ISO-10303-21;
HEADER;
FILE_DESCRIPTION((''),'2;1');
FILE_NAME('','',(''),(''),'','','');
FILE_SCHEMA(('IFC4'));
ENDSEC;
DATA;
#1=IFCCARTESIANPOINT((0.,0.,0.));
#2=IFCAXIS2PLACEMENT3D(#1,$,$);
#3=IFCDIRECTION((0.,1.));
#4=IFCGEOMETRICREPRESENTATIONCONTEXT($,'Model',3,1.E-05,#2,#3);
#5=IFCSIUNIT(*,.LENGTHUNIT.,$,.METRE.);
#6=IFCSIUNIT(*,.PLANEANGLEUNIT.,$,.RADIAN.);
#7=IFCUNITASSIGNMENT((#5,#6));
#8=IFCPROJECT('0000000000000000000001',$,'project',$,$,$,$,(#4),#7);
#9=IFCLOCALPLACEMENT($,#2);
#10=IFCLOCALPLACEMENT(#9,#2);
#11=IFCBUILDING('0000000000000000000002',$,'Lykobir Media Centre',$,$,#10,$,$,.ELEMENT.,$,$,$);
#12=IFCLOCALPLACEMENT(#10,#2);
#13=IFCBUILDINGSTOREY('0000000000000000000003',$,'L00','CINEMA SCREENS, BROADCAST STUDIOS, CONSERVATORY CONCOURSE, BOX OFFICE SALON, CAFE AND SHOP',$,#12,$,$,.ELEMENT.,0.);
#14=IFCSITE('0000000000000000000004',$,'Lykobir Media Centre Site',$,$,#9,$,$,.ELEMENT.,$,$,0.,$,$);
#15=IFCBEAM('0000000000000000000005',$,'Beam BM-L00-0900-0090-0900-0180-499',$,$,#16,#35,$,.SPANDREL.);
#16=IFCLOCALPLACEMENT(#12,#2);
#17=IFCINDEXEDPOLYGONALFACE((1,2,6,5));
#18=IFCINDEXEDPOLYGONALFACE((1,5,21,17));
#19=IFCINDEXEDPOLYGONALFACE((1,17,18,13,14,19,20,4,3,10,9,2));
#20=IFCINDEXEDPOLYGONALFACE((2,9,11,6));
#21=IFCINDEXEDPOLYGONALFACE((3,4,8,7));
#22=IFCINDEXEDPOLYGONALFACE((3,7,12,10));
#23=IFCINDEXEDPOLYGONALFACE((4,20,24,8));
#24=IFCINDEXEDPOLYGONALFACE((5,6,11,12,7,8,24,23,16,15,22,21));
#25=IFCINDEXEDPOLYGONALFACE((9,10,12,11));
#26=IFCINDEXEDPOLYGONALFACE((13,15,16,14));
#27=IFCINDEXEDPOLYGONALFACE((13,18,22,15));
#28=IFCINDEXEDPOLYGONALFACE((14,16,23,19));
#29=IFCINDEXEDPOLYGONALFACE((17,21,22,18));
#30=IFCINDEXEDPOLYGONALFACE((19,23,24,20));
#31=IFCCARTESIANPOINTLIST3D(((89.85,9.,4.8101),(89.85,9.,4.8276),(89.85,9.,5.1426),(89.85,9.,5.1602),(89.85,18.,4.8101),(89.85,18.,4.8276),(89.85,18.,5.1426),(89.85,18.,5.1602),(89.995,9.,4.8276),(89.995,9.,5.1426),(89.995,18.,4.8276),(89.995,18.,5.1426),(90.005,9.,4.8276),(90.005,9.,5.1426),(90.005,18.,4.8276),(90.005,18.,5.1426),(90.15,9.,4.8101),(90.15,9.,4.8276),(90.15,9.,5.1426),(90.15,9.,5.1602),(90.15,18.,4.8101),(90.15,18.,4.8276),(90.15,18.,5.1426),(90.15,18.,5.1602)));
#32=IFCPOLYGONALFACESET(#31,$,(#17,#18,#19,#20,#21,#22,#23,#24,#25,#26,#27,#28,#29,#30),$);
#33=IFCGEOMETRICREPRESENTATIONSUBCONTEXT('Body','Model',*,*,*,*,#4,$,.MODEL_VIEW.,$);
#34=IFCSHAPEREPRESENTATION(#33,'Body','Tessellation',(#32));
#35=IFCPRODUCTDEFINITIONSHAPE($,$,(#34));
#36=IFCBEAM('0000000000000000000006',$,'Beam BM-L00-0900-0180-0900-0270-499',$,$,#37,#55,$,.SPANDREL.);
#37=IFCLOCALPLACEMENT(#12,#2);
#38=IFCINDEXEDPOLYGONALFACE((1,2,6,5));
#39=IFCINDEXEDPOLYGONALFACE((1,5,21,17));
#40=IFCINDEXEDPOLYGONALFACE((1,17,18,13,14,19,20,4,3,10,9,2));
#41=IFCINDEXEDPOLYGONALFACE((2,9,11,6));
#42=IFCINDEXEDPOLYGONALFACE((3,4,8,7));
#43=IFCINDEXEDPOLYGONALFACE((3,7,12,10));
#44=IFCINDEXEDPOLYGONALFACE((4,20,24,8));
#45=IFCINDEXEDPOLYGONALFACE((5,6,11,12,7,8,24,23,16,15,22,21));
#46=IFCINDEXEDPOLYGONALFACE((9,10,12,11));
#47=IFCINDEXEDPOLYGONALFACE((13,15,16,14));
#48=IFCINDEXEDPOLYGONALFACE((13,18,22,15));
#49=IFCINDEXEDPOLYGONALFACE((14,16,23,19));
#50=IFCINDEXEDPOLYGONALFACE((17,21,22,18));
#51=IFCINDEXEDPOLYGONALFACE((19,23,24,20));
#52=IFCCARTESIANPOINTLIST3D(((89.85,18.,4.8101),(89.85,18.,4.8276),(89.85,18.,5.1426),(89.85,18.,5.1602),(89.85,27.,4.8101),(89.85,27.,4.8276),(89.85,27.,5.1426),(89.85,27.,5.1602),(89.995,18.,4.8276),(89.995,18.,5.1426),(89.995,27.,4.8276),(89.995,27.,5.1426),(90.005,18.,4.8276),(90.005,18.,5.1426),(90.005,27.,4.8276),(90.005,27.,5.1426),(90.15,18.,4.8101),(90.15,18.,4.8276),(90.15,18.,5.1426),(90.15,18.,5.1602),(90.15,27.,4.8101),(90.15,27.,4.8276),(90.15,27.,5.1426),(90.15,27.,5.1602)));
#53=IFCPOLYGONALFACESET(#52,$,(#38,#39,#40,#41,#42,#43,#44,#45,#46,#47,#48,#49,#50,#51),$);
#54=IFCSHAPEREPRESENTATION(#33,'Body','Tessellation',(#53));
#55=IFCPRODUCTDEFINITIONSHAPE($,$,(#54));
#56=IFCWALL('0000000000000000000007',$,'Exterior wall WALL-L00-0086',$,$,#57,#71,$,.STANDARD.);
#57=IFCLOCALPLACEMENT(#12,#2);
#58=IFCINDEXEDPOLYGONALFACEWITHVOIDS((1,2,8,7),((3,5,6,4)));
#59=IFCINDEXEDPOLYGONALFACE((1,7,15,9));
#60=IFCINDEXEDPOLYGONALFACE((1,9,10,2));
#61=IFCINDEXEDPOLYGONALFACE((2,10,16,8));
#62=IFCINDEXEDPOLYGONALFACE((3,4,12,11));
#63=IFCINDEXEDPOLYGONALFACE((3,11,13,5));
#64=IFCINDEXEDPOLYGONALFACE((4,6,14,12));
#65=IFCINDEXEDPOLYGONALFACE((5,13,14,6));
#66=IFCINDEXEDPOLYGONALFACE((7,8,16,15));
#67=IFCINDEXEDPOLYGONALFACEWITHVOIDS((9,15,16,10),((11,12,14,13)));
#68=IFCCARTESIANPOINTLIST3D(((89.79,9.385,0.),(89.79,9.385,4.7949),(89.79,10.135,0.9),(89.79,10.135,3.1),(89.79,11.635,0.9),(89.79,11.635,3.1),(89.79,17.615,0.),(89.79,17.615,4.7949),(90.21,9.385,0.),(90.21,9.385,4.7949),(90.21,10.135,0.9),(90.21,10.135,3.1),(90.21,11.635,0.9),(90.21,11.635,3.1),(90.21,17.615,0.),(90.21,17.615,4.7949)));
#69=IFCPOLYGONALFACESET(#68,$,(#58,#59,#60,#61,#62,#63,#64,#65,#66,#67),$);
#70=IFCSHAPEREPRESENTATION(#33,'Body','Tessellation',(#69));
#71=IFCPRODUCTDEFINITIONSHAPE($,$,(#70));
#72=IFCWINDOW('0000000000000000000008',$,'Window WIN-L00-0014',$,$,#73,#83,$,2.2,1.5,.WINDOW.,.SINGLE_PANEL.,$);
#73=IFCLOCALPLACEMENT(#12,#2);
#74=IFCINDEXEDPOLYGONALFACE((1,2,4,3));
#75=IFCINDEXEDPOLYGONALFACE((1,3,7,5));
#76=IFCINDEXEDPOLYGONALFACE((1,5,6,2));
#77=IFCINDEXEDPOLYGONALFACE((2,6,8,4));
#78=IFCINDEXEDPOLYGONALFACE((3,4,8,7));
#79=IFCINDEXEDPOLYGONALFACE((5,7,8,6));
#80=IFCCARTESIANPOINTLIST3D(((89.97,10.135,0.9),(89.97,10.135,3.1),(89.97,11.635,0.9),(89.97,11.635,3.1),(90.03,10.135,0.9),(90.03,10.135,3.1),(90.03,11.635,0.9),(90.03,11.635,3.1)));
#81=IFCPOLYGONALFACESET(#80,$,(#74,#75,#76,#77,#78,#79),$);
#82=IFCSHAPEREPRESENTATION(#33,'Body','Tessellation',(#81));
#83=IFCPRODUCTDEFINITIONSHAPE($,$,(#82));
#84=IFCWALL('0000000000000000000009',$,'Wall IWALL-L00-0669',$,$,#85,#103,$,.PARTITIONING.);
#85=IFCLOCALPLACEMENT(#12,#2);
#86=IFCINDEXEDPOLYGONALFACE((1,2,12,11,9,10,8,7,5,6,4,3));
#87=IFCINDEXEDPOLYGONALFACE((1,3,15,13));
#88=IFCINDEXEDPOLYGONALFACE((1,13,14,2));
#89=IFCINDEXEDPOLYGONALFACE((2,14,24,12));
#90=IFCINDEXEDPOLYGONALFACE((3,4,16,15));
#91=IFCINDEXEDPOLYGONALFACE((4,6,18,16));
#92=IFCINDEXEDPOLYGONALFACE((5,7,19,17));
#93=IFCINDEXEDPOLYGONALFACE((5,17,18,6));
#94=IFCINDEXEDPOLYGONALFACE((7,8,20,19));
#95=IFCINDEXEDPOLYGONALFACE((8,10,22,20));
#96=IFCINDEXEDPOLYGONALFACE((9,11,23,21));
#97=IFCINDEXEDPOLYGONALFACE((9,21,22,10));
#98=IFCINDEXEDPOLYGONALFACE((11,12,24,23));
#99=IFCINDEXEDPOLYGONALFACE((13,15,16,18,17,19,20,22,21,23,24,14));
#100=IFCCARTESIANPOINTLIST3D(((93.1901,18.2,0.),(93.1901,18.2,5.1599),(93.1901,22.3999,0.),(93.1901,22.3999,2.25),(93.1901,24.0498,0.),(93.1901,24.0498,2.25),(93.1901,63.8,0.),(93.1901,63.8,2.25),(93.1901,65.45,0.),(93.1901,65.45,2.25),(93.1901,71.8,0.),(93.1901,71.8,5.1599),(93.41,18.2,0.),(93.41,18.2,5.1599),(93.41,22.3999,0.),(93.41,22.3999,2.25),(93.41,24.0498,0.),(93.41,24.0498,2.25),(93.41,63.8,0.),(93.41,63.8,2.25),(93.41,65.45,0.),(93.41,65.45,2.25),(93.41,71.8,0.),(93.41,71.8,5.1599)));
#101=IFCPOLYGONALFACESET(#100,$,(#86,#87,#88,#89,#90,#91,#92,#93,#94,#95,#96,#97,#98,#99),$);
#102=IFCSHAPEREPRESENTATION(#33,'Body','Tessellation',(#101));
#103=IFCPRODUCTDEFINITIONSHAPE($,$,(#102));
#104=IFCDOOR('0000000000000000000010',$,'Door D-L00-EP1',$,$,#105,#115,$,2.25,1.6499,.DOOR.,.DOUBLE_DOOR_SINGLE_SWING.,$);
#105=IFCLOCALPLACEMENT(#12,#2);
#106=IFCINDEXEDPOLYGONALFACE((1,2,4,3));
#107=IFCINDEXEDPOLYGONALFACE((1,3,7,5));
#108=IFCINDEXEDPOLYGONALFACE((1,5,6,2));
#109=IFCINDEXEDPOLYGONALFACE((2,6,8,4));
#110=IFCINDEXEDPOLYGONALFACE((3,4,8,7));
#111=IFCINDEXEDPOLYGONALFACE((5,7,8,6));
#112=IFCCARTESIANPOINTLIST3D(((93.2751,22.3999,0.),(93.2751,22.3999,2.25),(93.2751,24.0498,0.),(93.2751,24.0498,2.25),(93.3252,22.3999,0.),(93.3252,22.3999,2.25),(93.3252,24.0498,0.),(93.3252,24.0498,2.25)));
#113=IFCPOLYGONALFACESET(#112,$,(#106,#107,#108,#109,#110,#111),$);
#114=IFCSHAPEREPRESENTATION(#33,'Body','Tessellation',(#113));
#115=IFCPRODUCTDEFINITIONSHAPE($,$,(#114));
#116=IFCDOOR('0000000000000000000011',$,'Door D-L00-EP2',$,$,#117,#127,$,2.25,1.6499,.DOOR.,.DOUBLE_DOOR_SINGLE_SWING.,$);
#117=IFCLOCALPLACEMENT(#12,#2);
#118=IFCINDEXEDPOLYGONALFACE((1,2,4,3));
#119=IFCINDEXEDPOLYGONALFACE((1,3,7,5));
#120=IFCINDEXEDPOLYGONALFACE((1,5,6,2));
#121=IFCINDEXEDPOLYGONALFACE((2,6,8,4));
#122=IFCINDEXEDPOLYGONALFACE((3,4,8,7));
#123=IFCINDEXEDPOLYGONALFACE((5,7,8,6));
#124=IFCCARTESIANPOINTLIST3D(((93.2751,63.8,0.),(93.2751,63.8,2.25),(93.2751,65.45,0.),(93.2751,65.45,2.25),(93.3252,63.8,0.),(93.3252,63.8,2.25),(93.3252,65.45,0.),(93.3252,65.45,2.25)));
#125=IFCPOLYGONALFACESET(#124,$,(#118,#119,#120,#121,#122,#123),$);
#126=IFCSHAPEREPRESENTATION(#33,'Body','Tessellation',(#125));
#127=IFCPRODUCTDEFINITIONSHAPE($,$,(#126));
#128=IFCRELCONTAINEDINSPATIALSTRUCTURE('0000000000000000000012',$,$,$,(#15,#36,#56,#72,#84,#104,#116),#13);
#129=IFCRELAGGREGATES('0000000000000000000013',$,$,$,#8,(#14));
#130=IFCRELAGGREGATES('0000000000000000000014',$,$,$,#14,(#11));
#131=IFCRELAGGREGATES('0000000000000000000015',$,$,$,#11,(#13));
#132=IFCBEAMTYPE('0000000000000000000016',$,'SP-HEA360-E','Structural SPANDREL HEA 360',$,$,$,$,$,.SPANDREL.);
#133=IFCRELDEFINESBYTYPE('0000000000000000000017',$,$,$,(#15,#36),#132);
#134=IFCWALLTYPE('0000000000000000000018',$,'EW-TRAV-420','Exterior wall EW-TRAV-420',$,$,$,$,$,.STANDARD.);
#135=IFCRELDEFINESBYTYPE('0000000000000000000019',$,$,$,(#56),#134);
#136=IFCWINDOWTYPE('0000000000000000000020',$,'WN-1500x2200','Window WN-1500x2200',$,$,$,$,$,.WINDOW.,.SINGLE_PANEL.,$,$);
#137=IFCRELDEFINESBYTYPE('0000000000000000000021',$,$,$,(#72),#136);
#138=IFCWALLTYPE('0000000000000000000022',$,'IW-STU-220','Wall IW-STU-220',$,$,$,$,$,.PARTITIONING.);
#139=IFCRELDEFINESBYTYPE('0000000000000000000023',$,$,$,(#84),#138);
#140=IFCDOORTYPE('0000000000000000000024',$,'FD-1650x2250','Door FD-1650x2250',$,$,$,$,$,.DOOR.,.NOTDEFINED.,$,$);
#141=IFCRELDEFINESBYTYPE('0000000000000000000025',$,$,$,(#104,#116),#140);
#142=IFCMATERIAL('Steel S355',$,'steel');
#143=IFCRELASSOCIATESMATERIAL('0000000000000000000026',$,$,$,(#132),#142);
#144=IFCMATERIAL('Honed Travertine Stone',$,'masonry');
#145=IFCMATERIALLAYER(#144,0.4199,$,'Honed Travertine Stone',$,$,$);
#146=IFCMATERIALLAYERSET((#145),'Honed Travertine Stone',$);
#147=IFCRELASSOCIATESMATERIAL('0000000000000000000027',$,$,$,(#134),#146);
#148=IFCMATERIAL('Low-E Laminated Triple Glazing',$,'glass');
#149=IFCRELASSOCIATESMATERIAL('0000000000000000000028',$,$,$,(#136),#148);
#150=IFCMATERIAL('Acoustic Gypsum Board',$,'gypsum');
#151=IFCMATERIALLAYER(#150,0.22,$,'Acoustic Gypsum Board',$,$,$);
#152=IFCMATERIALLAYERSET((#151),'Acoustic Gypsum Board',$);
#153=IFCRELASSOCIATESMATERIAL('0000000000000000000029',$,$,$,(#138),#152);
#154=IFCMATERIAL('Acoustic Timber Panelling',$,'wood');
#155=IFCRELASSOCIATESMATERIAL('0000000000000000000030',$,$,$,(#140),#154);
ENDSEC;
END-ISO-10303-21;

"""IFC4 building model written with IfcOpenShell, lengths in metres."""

from ifc_helpers import new_model, si_unit, direction, frame, frame_2d, origin, origin_2d, place, context, subcontext, project, spatial, rectangle, i_section, extrude, material, layer, layer_set, material_profile, profile_set, type_object, element, fill, save


model = new_model("IFC4")

# Units and contexts
model_context = context("Model", 3, precision=1e-05, world=origin(), true_north=direction((0.0, 1.0)))
body_context = subcontext(model_context, "Body", "Model", "MODEL_VIEW")
ifc_project = project(units=[si_unit("LENGTHUNIT", "METRE"), si_unit("PLANEANGLEUNIT", "RADIAN")], contexts=[model_context])

# Site, building, storey
site_placement = place(None, origin())
site = spatial("IfcSite", under=ifc_project, at=site_placement, Name="Lykobir Media Centre Site", CompositionType="ELEMENT", RefElevation=0.0)
building_placement = place(site_placement, origin())
building = spatial("IfcBuilding", under=site, at=building_placement, Name="Lykobir Media Centre", CompositionType="ELEMENT")
storey_placement = place(building_placement, origin())
storey = spatial("IfcBuildingStorey", under=building, at=storey_placement, Name="L00", Description="CINEMA SCREENS, BROADCAST STUDIOS, CONSERVATORY CONCOURSE, BOX OFFICE SALON, CAFE AND SHOP", CompositionType="ELEMENT", Elevation=0.0)

# Shared definitions
ifc_material_1 = material(Name="Steel S355", Category="steel")

# Beams
ifc_material_profile_1 = material_profile(ifc_material_1, i_section(OverallWidth=0.3, OverallDepth=0.3501, WebThickness=0.01, FlangeThickness=0.0176, at=origin_2d()), Name="HEA 360")
ifc_profile_set_1 = profile_set([ifc_material_profile_1], Name="Steel S355")
beam_type_1 = type_object("IfcBeamType", Name="SP-HEA360-E", Description="Structural SPANDREL HEA 360", PredefinedType="SPANDREL", material=ifc_profile_set_1)
for number, where, z_axis, x_axis, name in (
    (1, (90.0, 9.0, 4.9851), (0.0, 1.0, 0.0), (-1.0, 0.0, 0.0), "Beam BM-L00-0900-0090-0900-0180-499"),
    (2, (90.0, 18.0, 4.9851), (0.0, 1.0, 0.0), (-1.0, 0.0, 0.0), "Beam BM-L00-0900-0180-0900-0270-499"),
):
    element("IfcBeam", number, at=place(storey_placement, frame(where, z_axis=z_axis, x_axis=x_axis)), inside=storey, type_object=beam_type_1, Name=name, PredefinedType="SPANDREL", context=body_context, shape_type="SweptSolid", body=[
        extrude(i_section(OverallWidth=0.3, OverallDepth=0.3501, WebThickness=0.01, FlangeThickness=0.0176, at=origin_2d()), origin(), (0.0, 0.0, 1.0), 9.0),
    ])

# Wall, opening, window
ifc_material_2 = material(Name="Honed Travertine Stone", Category="masonry")
ifc_layer_1 = layer(ifc_material_2, 0.4199, Name="Honed Travertine Stone")
ifc_layer_set_1 = layer_set([ifc_layer_1], Name="Honed Travertine Stone")
wall_type_1 = type_object("IfcWallType", Name="EW-TRAV-420", Description="Exterior wall EW-TRAV-420", PredefinedType="STANDARD", material=ifc_layer_set_1)
wall_1_placement = place(storey_placement, frame((90.0, 17.615, 0.0), z_axis=(0.0, 0.0, 1.0), x_axis=(0.0, -1.0, 0.0)))
wall_1 = element("IfcWall", 3, at=wall_1_placement, inside=storey, type_object=wall_type_1, Name="Exterior wall WALL-L00-0086", PredefinedType="STANDARD", context=body_context, shape_type="SweptSolid", body=[
    extrude(rectangle(XDim=8.23, YDim=0.4199, at=frame_2d((4.115, 0.0))), origin(), (0.0, 0.0, 1.0), 4.7949),
])
opening_1_placement = place(wall_1_placement, frame((5.98, 0.0, 0.8999)))
opening_1 = element("IfcOpeningElement", 4, at=opening_1_placement, cuts=wall_1, PredefinedType="OPENING", context=body_context, shape_type="SweptSolid", body=[
    extrude(rectangle(XDim=1.5, YDim=2.2, at=frame_2d((0.75, 1.1001))), frame((0.0, 0.22, 0.0), z_axis=(0.0, -1.0, 0.0), x_axis=(1.0, 0.0, 0.0)), (0.0, 0.0, 1.0), 0.4399),
])
ifc_material_3 = material(Name="Low-E Laminated Triple Glazing", Category="glass")
window_type = type_object("IfcWindowType", Name="WN-1500x2200", Description="Window WN-1500x2200", PartitioningType="SINGLE_PANEL", PredefinedType="WINDOW", material=ifc_material_3)
window_placement = place(opening_1_placement, origin())
window = element("IfcWindow", 5, at=window_placement, inside=storey, type_object=window_type, Name="Window WIN-L00-0014", OverallHeight=2.2, OverallWidth=1.5, PartitioningType="SINGLE_PANEL", PredefinedType="WINDOW", context=body_context, shape_type="SweptSolid", body=[
    extrude(rectangle(XDim=1.5, YDim=2.2, at=frame_2d((0.75, 1.1001))), frame((0.0, 0.03, 0.0), z_axis=(0.0, -1.0, 0.0), x_axis=(1.0, 0.0, 0.0)), (0.0, 0.0, 1.0), 0.0601),
])
fill(opening_1, window)

# Wall, openings, doors
ifc_material_4 = material(Name="Acoustic Gypsum Board", Category="gypsum")
ifc_layer_2 = layer(ifc_material_4, 0.22, Name="Acoustic Gypsum Board")
ifc_layer_set_2 = layer_set([ifc_layer_2], Name="Acoustic Gypsum Board")
wall_type_2 = type_object("IfcWallType", Name="IW-STU-220", Description="Wall IW-STU-220", PredefinedType="PARTITIONING", material=ifc_layer_set_2)
wall_2_placement = place(storey_placement, frame((93.3, 18.2, 0.0), z_axis=(0.0, 0.0, 1.0), x_axis=(0.0, 1.0, 0.0)))
wall_2 = element("IfcWall", 6, at=wall_2_placement, inside=storey, type_object=wall_type_2, Name="Wall IWALL-L00-0669", PredefinedType="PARTITIONING", context=body_context, shape_type="SweptSolid", body=[
    extrude(rectangle(XDim=53.6001, YDim=0.22, at=frame_2d((26.8, 0.0))), origin(), (0.0, 0.0, 1.0), 5.1599),
])
opening_2_placement = place(wall_2_placement, frame((4.2, 0.0, 0.0)))
opening_2 = element("IfcOpeningElement", 7, at=opening_2_placement, cuts=wall_2, PredefinedType="OPENING", context=body_context, shape_type="SweptSolid", body=[
    extrude(rectangle(XDim=1.6499, YDim=2.25, at=frame_2d((0.825, 1.125))), frame((0.0, 0.1199, 0.0), z_axis=(0.0, -1.0, 0.0), x_axis=(1.0, 0.0, 0.0)), (0.0, 0.0, 1.0), 0.24),
])
opening_3_placement = place(wall_2_placement, frame((45.6001, 0.0, 0.0)))
opening_3 = element("IfcOpeningElement", 8, at=opening_3_placement, cuts=wall_2, PredefinedType="OPENING", context=body_context, shape_type="SweptSolid", body=[
    extrude(rectangle(XDim=1.6499, YDim=2.25, at=frame_2d((0.825, 1.125))), frame((0.0, 0.1199, 0.0), z_axis=(0.0, -1.0, 0.0), x_axis=(1.0, 0.0, 0.0)), (0.0, 0.0, 1.0), 0.24),
])
ifc_material_5 = material(Name="Acoustic Timber Panelling", Category="wood")
door_type_1 = type_object("IfcDoorType", Name="FD-1650x2250", Description="Door FD-1650x2250", OperationType="NOTDEFINED", PredefinedType="DOOR", material=ifc_material_5)
door_1_placement = place(opening_2_placement, origin())
door_1 = element("IfcDoor", 9, at=door_1_placement, inside=storey, type_object=door_type_1, Name="Door D-L00-EP1", OperationType="DOUBLE_DOOR_SINGLE_SWING", OverallHeight=2.25, OverallWidth=1.6499, PredefinedType="DOOR", context=body_context, shape_type="SweptSolid", body=[
    extrude(rectangle(XDim=1.6499, YDim=2.25, at=frame_2d((0.825, 1.125))), frame((0.0, 0.0249, 0.0), z_axis=(0.0, -1.0, 0.0), x_axis=(1.0, 0.0, 0.0)), (0.0, 0.0, 1.0), 0.05),
])
fill(opening_2, door_1)
door_2_placement = place(opening_3_placement, origin())
door_2 = element("IfcDoor", 10, at=door_2_placement, inside=storey, type_object=door_type_1, Name="Door D-L00-EP2", OperationType="DOUBLE_DOOR_SINGLE_SWING", OverallHeight=2.25, OverallWidth=1.6499, PredefinedType="DOOR", context=body_context, shape_type="SweptSolid", body=[
    extrude(rectangle(XDim=1.6499, YDim=2.25, at=frame_2d((0.825, 1.125))), frame((0.0, 0.0249, 0.0), z_axis=(0.0, -1.0, 0.0), x_axis=(1.0, 0.0, 0.0)), (0.0, 0.0, 1.0), 0.05),
])
fill(opening_3, door_2)

save(model, "model.ifc")
